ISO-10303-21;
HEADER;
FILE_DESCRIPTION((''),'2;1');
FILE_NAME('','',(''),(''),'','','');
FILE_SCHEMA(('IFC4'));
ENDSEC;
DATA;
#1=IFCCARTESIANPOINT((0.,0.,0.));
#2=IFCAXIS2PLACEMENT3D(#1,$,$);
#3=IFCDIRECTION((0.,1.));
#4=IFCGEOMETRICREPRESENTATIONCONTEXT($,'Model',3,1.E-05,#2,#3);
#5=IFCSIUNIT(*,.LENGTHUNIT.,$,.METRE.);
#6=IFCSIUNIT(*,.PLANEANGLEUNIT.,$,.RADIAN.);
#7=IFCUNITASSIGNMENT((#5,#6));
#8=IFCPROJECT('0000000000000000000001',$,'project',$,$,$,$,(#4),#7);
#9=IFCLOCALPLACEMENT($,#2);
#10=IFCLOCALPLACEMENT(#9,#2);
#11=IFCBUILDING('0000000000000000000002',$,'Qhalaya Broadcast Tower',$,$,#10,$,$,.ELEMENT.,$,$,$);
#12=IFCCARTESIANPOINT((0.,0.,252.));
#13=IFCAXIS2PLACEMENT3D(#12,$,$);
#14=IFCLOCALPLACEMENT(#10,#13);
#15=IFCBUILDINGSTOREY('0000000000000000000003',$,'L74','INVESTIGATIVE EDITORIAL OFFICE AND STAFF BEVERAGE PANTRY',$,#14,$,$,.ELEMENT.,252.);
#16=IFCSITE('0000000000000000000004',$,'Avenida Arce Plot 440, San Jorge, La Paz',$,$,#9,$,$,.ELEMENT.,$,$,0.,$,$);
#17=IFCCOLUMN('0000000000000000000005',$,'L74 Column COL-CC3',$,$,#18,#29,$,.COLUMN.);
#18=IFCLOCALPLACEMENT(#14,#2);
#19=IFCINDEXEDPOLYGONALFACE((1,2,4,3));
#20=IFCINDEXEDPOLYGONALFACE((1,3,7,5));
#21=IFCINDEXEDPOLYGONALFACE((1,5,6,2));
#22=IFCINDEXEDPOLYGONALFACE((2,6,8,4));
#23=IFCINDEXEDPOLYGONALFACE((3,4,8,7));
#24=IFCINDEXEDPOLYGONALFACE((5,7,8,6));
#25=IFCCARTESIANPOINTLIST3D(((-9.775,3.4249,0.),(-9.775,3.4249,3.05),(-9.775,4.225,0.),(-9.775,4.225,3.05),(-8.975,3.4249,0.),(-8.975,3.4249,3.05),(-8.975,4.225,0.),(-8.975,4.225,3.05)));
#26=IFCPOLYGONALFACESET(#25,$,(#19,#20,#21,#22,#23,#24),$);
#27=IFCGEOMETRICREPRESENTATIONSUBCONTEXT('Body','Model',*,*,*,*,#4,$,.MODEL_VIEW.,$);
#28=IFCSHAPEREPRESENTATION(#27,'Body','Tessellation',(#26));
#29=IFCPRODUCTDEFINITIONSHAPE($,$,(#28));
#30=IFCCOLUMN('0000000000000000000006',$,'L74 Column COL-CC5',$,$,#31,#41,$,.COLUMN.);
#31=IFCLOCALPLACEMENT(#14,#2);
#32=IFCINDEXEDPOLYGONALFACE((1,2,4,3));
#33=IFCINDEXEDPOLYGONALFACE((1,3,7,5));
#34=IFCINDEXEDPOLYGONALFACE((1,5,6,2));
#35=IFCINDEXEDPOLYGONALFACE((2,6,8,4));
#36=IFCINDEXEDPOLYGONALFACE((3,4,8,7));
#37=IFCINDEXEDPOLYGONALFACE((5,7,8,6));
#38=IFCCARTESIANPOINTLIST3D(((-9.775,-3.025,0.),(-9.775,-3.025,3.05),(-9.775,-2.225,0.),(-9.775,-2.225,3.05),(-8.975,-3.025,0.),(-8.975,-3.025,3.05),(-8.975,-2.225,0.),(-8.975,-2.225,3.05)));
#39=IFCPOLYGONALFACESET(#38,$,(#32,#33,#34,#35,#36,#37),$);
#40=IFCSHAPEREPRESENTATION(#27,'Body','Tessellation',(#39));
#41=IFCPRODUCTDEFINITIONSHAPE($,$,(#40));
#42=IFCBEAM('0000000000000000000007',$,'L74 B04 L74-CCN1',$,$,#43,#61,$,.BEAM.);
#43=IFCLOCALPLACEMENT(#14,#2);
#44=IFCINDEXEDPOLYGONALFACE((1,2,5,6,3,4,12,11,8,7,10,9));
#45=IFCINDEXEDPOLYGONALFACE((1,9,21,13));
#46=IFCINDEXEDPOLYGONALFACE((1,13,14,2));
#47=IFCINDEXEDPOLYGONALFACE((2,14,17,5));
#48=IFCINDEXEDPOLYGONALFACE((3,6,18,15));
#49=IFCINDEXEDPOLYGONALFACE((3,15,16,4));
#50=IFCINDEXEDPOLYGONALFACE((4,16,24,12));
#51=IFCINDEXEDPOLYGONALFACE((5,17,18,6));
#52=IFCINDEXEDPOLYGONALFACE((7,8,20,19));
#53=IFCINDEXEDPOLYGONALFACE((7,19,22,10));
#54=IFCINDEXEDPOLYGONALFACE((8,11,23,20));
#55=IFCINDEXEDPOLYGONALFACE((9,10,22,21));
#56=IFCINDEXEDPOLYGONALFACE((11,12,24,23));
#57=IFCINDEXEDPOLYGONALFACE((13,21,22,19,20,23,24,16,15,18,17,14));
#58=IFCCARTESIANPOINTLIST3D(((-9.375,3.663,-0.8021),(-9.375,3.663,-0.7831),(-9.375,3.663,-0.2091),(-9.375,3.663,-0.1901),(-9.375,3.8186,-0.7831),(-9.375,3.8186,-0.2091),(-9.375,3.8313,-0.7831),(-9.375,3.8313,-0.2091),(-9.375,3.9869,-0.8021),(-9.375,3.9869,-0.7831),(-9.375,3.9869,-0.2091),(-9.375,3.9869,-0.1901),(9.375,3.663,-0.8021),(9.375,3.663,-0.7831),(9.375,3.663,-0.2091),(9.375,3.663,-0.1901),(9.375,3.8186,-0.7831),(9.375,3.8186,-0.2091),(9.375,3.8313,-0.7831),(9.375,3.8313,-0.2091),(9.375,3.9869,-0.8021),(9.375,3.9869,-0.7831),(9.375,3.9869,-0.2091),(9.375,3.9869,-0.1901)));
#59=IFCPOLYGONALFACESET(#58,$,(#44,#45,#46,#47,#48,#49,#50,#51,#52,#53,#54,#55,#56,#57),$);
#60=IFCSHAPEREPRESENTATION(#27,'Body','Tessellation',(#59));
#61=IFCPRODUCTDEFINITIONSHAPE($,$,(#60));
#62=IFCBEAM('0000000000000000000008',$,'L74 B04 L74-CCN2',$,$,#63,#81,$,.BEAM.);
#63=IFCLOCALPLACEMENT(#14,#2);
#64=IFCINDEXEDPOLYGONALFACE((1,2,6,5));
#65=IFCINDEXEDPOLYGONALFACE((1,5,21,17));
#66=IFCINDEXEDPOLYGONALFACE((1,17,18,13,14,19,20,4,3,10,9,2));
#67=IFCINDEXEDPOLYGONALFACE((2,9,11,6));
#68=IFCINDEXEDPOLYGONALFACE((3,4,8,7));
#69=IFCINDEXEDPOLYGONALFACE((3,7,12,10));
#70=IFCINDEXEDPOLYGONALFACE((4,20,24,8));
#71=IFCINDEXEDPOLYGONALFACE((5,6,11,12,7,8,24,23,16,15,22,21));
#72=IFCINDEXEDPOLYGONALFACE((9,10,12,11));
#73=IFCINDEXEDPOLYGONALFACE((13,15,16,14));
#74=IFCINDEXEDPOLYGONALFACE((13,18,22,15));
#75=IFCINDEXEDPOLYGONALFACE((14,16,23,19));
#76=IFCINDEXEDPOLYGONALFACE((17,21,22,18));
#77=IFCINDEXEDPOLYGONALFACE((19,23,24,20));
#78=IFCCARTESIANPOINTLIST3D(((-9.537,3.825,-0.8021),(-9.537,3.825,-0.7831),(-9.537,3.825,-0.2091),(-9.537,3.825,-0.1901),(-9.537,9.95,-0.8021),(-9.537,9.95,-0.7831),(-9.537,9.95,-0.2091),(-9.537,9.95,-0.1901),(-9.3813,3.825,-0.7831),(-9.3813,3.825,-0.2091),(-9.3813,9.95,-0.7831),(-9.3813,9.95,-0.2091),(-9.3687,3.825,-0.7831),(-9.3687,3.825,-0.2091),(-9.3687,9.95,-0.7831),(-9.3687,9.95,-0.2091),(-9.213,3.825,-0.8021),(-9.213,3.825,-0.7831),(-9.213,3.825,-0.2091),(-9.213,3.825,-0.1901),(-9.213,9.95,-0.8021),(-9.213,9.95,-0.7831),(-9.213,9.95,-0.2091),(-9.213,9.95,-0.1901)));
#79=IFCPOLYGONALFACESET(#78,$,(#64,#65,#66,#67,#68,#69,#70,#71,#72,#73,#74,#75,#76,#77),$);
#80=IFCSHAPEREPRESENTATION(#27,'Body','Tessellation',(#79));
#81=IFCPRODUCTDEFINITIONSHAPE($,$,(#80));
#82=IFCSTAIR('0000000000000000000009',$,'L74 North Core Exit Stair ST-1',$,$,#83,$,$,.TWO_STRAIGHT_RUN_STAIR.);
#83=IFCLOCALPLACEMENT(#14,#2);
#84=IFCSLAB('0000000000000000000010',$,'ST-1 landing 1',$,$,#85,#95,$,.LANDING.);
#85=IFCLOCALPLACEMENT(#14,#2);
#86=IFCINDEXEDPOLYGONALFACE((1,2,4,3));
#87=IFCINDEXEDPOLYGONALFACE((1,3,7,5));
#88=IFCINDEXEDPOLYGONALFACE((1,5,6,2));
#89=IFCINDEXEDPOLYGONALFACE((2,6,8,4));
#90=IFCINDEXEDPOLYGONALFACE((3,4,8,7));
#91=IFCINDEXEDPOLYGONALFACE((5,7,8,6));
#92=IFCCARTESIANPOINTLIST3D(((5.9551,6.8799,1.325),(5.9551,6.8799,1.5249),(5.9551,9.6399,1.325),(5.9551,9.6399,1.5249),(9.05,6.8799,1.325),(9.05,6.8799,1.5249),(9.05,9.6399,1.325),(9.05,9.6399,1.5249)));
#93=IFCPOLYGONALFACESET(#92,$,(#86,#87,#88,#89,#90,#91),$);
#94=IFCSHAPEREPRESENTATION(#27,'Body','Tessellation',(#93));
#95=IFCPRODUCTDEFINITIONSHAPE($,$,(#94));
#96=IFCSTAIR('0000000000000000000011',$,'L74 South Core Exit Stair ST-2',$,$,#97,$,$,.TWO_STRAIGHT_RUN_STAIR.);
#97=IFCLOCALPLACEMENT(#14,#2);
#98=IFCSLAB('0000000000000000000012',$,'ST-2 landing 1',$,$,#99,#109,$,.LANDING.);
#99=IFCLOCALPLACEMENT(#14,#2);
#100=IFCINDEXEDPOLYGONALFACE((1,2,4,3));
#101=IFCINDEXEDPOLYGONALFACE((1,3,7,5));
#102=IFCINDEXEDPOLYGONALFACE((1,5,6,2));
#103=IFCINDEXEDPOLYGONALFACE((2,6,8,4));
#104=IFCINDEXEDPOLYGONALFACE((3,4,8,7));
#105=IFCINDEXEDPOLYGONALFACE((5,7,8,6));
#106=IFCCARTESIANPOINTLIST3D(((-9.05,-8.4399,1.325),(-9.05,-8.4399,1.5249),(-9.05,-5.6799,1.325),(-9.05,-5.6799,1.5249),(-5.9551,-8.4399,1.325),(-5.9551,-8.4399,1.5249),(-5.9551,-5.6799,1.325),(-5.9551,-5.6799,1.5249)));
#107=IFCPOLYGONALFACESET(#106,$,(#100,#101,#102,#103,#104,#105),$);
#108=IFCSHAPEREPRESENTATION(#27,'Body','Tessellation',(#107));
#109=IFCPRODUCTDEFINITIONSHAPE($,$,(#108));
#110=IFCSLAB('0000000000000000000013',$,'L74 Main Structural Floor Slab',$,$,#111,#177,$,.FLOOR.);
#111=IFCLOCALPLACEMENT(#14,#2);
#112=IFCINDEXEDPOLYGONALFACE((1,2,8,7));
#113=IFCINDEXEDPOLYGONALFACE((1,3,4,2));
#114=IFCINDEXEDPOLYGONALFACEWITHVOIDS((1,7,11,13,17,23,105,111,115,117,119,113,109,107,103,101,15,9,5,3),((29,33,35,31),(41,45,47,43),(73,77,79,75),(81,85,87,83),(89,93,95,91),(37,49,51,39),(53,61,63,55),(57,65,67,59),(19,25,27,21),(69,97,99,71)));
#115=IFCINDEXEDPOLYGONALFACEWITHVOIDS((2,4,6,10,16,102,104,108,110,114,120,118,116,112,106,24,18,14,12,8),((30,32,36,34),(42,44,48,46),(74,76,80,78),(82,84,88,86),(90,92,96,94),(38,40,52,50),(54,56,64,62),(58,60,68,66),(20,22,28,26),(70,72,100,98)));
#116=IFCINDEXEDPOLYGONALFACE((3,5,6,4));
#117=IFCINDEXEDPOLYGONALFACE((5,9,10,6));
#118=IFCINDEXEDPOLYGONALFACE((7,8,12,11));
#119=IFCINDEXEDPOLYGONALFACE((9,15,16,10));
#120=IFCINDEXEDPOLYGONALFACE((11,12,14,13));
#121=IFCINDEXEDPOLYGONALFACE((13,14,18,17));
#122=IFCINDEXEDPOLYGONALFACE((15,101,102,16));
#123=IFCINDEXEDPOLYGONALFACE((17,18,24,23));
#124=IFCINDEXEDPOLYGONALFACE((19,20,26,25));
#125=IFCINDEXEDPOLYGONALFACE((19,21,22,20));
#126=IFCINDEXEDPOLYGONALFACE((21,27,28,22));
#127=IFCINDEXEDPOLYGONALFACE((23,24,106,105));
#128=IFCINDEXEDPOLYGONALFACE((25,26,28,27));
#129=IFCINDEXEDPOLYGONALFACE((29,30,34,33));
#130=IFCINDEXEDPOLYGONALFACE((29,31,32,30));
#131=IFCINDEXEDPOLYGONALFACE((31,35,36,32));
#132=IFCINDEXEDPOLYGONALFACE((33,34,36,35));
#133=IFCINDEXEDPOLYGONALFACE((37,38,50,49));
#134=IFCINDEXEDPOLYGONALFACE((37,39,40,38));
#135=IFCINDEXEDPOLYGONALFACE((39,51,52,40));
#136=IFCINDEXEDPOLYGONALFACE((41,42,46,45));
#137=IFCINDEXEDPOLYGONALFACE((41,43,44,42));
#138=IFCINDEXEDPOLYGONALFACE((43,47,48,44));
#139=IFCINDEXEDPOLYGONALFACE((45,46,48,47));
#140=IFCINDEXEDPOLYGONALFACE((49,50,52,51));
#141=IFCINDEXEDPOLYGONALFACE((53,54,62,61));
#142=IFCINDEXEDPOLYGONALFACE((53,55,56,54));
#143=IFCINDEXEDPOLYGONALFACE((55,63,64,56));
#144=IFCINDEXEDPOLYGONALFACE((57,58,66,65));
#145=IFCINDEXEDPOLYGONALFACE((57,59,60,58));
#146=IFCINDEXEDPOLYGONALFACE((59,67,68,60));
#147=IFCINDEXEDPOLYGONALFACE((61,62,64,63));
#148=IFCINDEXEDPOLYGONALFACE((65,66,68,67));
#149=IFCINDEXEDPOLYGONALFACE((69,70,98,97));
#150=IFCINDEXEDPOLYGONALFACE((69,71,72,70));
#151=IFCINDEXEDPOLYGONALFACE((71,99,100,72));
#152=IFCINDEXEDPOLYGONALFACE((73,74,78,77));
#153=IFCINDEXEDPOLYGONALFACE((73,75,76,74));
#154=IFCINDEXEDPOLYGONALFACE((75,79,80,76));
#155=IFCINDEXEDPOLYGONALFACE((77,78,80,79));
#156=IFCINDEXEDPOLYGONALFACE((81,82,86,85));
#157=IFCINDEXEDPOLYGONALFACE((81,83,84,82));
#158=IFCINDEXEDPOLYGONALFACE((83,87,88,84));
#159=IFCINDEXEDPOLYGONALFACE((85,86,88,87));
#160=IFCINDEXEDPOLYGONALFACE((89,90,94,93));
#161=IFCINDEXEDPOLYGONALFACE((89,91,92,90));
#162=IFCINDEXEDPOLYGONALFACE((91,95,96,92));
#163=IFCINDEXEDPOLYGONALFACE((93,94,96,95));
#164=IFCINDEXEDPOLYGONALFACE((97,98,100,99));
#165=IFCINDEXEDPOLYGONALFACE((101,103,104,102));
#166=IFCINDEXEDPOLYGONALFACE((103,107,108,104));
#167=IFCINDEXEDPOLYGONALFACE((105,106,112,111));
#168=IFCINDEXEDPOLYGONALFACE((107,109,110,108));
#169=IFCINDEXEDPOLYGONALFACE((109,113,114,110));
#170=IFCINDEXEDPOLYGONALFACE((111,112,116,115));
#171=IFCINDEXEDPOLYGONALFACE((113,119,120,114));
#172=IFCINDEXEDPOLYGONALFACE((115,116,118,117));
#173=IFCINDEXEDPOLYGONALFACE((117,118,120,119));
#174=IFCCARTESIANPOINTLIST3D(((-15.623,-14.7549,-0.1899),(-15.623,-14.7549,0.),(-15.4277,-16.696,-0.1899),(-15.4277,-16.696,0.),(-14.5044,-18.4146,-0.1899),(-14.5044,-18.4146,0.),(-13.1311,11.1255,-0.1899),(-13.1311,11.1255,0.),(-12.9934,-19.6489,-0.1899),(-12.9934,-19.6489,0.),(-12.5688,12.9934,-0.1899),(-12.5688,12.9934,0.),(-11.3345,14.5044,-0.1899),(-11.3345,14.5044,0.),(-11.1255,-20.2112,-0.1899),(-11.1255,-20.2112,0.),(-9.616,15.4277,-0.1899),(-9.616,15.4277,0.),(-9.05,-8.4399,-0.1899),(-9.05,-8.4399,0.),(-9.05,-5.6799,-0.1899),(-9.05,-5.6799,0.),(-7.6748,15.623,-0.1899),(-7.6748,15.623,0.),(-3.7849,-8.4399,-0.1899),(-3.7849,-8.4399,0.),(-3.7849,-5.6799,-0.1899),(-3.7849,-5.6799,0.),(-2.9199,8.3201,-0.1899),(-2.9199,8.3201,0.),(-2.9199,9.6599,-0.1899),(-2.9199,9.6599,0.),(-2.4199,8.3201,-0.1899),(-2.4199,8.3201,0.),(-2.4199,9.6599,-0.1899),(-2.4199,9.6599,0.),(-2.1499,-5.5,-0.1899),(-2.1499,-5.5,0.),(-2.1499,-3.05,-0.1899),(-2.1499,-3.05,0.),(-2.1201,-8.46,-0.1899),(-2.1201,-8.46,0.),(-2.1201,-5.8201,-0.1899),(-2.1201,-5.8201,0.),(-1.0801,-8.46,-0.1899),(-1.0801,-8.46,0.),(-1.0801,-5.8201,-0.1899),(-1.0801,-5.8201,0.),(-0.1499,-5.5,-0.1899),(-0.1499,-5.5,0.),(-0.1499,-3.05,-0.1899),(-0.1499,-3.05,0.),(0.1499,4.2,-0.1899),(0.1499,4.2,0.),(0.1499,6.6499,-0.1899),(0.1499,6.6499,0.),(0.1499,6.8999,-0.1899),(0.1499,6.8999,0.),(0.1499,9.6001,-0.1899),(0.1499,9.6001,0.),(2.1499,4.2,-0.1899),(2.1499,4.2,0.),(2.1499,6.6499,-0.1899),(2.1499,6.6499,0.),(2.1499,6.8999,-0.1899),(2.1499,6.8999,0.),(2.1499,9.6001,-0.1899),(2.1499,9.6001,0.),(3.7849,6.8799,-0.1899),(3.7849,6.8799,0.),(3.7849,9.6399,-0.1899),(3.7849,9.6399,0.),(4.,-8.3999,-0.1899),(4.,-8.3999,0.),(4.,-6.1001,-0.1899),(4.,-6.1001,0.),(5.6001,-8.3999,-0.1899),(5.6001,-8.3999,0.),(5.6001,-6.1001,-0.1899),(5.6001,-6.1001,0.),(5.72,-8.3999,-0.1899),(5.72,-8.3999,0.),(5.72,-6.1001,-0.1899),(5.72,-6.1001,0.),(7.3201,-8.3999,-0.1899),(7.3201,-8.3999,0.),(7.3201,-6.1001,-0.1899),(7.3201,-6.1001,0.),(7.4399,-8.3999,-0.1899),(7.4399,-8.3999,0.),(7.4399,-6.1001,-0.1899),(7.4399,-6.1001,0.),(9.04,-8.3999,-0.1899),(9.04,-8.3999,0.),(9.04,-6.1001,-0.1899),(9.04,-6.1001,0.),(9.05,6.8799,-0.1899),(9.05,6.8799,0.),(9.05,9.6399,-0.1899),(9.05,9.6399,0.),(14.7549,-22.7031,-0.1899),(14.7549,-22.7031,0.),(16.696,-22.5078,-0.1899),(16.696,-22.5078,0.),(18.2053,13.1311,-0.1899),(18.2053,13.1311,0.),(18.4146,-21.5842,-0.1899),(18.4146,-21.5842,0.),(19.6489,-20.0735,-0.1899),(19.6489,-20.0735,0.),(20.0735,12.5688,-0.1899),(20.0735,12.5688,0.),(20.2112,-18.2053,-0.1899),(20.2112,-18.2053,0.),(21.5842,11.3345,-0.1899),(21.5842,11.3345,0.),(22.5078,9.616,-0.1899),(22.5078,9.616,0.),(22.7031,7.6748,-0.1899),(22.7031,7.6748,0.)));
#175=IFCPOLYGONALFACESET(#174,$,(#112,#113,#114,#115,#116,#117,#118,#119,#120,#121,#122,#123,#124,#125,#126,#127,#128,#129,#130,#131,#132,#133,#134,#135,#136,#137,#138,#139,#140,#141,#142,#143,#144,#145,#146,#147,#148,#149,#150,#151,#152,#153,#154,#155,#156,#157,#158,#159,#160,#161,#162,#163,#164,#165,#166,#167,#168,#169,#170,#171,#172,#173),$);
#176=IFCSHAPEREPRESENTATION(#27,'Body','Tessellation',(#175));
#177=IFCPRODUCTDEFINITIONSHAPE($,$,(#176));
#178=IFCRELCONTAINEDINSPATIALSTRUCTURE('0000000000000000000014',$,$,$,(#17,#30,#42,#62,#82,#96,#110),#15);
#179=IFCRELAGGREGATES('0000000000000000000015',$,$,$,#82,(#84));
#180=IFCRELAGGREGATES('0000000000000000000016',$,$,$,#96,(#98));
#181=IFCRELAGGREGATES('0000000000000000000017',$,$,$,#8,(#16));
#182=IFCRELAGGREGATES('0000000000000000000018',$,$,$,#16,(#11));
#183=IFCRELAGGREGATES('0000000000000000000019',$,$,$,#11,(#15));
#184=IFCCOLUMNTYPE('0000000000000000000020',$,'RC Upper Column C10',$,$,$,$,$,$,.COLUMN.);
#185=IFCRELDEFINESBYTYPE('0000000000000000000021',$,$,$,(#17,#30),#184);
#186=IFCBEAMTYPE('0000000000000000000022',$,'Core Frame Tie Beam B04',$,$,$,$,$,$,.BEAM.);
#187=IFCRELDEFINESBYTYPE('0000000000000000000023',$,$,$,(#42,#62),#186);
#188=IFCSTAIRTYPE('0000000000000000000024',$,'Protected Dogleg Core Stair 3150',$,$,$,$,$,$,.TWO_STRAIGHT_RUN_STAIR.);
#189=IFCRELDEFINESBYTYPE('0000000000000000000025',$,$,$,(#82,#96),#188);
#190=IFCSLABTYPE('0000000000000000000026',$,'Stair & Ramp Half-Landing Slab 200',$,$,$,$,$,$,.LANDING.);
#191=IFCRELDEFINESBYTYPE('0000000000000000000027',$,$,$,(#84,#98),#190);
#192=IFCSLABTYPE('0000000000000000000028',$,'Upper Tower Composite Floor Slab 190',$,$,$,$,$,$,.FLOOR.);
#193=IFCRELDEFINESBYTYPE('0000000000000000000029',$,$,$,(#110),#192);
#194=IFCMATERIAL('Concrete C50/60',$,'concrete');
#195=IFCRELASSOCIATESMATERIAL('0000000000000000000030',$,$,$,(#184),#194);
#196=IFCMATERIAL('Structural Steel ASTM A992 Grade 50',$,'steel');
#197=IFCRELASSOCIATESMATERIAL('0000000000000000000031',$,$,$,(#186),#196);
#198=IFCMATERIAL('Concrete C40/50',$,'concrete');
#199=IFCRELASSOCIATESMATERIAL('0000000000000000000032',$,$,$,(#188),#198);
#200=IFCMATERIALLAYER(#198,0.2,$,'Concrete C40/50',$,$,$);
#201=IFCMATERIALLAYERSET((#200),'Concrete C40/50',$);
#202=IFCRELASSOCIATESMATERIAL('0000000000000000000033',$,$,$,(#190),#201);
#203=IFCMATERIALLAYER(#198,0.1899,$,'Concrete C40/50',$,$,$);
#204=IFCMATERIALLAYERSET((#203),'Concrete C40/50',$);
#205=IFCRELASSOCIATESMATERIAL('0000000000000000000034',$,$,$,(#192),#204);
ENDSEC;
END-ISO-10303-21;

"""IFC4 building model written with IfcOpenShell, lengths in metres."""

from ifc_helpers import new_model, si_unit, direction, frame, origin, origin_2d, place, context, subcontext, project, spatial, polyline, rectangle, i_section, outline, extrude, material, layer, layer_set, material_profile, profile_set, type_object, element, aggregate, save


model = new_model("IFC4")

# Units and contexts
model_context = context("Model", 3, precision=1e-05, world=origin(), true_north=direction((0.0, 1.0)))
body_context = subcontext(model_context, "Body", "Model", "MODEL_VIEW")
ifc_project = project(units=[si_unit("LENGTHUNIT", "METRE"), si_unit("PLANEANGLEUNIT", "RADIAN")], contexts=[model_context])

# Site, building, storey
site_placement = place(None, origin())
site = spatial("IfcSite", under=ifc_project, at=site_placement, Name="Avenida Arce Plot 440, San Jorge, La Paz", CompositionType="ELEMENT", RefElevation=0.0)
building_placement = place(site_placement, origin())
building = spatial("IfcBuilding", under=site, at=building_placement, Name="Qhalaya Broadcast Tower", CompositionType="ELEMENT")
storey_placement = place(building_placement, frame((0.0, 0.0, 252.0)))
storey = spatial("IfcBuildingStorey", under=building, at=storey_placement, Name="L74", Description="INVESTIGATIVE EDITORIAL OFFICE AND STAFF BEVERAGE PANTRY", CompositionType="ELEMENT", Elevation=252.0)

# Columns
ifc_material_1 = material(Name="Concrete C50/60", Category="concrete")
ifc_material_profile_1 = material_profile(ifc_material_1, rectangle(XDim=0.8, YDim=0.8, at=origin_2d()), Name="RC-COL 800x800")
ifc_profile_set_1 = profile_set([ifc_material_profile_1], Name="Concrete C50/60")
column_type = type_object("IfcColumnType", Name="RC Upper Column C10", PredefinedType="COLUMN", material=ifc_profile_set_1)
for number, where, z_axis, x_axis, name in (
    (1, (-9.375, 3.825, 0.0), (0.0, 0.0, 1.0), (1.0, 0.0, 0.0), "L74 Column COL-CC3"),
    (2, (-9.375, -2.625, 0.0), (0.0, 0.0, 1.0), (1.0, 0.0, 0.0), "L74 Column COL-CC5"),
):
    element("IfcColumn", number, at=place(storey_placement, frame(where, z_axis=z_axis, x_axis=x_axis)), inside=storey, type_object=column_type, Name=name, PredefinedType="COLUMN", context=body_context, shape_type="SweptSolid", body=[
        extrude(rectangle(XDim=0.8, YDim=0.8, at=origin_2d()), origin(), (0.0, 0.0, 1.0), 3.05),
    ])

# Beams
ifc_material_2 = material(Name="Structural Steel ASTM A992 Grade 50", Category="steel")
ifc_material_profile_2 = material_profile(ifc_material_2, i_section(OverallWidth=0.324, OverallDepth=0.6121, WebThickness=0.0127, FlangeThickness=0.019, at=origin_2d()), Name="W24X104")
ifc_profile_set_2 = profile_set([ifc_material_profile_2], Name="Structural Steel ASTM A992 Grade 50")
beam_type = type_object("IfcBeamType", Name="Core Frame Tie Beam B04", PredefinedType="BEAM", material=ifc_profile_set_2)
beam_1_placement = place(storey_placement, frame((-9.375, 3.825, -0.4961), z_axis=(1.0, 0.0, 0.0), x_axis=(0.0, 1.0, 0.0)))
element("IfcBeam", 3, at=beam_1_placement, inside=storey, type_object=beam_type, Name="L74 B04 L74-CCN1", PredefinedType="BEAM", context=body_context, shape_type="SweptSolid", body=[
    extrude(i_section(OverallWidth=0.324, OverallDepth=0.6121, WebThickness=0.0127, FlangeThickness=0.019, at=origin_2d()), origin(), (0.0, 0.0, 1.0), 18.75),
])
beam_2_placement = place(storey_placement, frame((-9.375, 3.825, -0.4961), z_axis=(0.0, 1.0, 0.0), x_axis=(-1.0, 0.0, 0.0)))
element("IfcBeam", 4, at=beam_2_placement, inside=storey, type_object=beam_type, Name="L74 B04 L74-CCN2", PredefinedType="BEAM", context=body_context, shape_type="SweptSolid", body=[
    extrude(i_section(OverallWidth=0.324, OverallDepth=0.6121, WebThickness=0.0127, FlangeThickness=0.019, at=origin_2d()), origin(), (0.0, 0.0, 1.0), 6.125),
])

# Stairs, slabs
ifc_material_3 = material(Name="Concrete C40/50", Category="concrete")
stair_type = type_object("IfcStairType", Name="Protected Dogleg Core Stair 3150", PredefinedType="TWO_STRAIGHT_RUN_STAIR", material=ifc_material_3)
stair_1_placement = place(storey_placement, origin())
stair_1 = element("IfcStair", 5, at=stair_1_placement, inside=storey, type_object=stair_type, Name="L74 North Core Exit Stair ST-1", PredefinedType="TWO_STRAIGHT_RUN_STAIR")
ifc_layer_1 = layer(ifc_material_3, 0.2, Name="Concrete C40/50")
ifc_layer_set_1 = layer_set([ifc_layer_1], Name="Concrete C40/50")
slab_type_1 = type_object("IfcSlabType", Name="Stair & Ramp Half-Landing Slab 200", PredefinedType="LANDING", material=ifc_layer_set_1)
slab_1_placement = place(storey_placement, frame((0.0, 0.0, 1.325)))
slab_1 = element("IfcSlab", 6, at=slab_1_placement, type_object=slab_type_1, Name="ST-1 landing 1", PredefinedType="LANDING", context=body_context, shape_type="SweptSolid", body=[
    extrude(outline(polyline([(5.9551, 6.8799), (9.05, 6.8799), (9.05, 9.6399), (5.9551, 9.6399), (5.9551, 6.8799)])), origin(), (0.0, 0.0, 1.0), 0.2),
])
aggregate(stair_1, [slab_1])
stair_2_placement = place(storey_placement, origin())
stair_2 = element("IfcStair", 7, at=stair_2_placement, inside=storey, type_object=stair_type, Name="L74 South Core Exit Stair ST-2", PredefinedType="TWO_STRAIGHT_RUN_STAIR")
slab_2_placement = place(storey_placement, frame((0.0, 0.0, 1.325)))
slab_2 = element("IfcSlab", 8, at=slab_2_placement, type_object=slab_type_1, Name="ST-2 landing 1", PredefinedType="LANDING", context=body_context, shape_type="SweptSolid", body=[
    extrude(outline(polyline([(-5.9551, -5.6799), (-9.05, -5.6799), (-9.05, -8.4399), (-5.9551, -8.4399), (-5.9551, -5.6799)])), origin(), (0.0, 0.0, 1.0), 0.2),
])
aggregate(stair_2, [slab_2])

# Slab
ifc_layer_2 = layer(ifc_material_3, 0.1899, Name="Concrete C40/50")
ifc_layer_set_2 = layer_set([ifc_layer_2], Name="Concrete C40/50")
slab_type_2 = type_object("IfcSlabType", Name="Upper Tower Composite Floor Slab 190", PredefinedType="FLOOR", material=ifc_layer_set_2)
slab_3_placement = place(storey_placement, frame((0.0, 0.0, -0.1899)))
element("IfcSlab", 9, at=slab_3_placement, inside=storey, type_object=slab_type_2, Name="L74 Main Structural Floor Slab", PredefinedType="FLOOR", context=body_context, shape_type="SweptSolid", body=[
    extrude(outline(polyline([(14.7549, -22.7031), (16.696, -22.5078), (18.4146, -21.5842), (19.6489, -20.0735), (20.2112, -18.2053), (22.7031, 7.6748), (22.5078, 9.616), (21.5842, 11.3345), (20.0735, 12.5688), (18.2053, 13.1311), (-7.6748, 15.623), (-9.616, 15.4277), (-11.3345, 14.5044), (-12.5688, 12.9934), (-13.1311, 11.1255), (-15.623, -14.7549), (-15.4277, -16.696), (-14.5044, -18.4146), (-12.9934, -19.6489), (-11.1255, -20.2112), (14.7549, -22.7031)]), holes=[polyline([(3.7849, 9.6399), (9.05, 9.6399), (9.05, 6.8799), (3.7849, 6.8799), (3.7849, 9.6399)]), polyline([(-3.7849, -8.4399), (-9.05, -8.4399), (-9.05, -5.6799), (-3.7849, -5.6799), (-3.7849, -8.4399)]), polyline([(0.1499, 6.6499), (2.1499, 6.6499), (2.1499, 4.2), (0.1499, 4.2), (0.1499, 6.6499)]), polyline([(0.1499, 9.6001), (2.1499, 9.6001), (2.1499, 6.8999), (0.1499, 6.8999), (0.1499, 9.6001)]), polyline([(-2.1499, -3.05), (-0.1499, -3.05), (-0.1499, -5.5), (-2.1499, -5.5), (-2.1499, -3.05)]), polyline([(4.0, -6.1001), (5.6001, -6.1001), (5.6001, -8.3999), (4.0, -8.3999), (4.0, -6.1001)]), polyline([(5.72, -6.1001), (7.3201, -6.1001), (7.3201, -8.3999), (5.72, -8.3999), (5.72, -6.1001)]), polyline([(7.4399, -6.1001), (9.04, -6.1001), (9.04, -8.3999), (7.4399, -8.3999), (7.4399, -6.1001)]), polyline([(-2.9199, 9.6599), (-2.4199, 9.6599), (-2.4199, 8.3201), (-2.9199, 8.3201), (-2.9199, 9.6599)]), polyline([(-2.1201, -5.8201), (-1.0801, -5.8201), (-1.0801, -8.46), (-2.1201, -8.46), (-2.1201, -5.8201)])]), origin(), (0.0, 0.0, 1.0), 0.1899),
])

save(model, "model.ifc")
